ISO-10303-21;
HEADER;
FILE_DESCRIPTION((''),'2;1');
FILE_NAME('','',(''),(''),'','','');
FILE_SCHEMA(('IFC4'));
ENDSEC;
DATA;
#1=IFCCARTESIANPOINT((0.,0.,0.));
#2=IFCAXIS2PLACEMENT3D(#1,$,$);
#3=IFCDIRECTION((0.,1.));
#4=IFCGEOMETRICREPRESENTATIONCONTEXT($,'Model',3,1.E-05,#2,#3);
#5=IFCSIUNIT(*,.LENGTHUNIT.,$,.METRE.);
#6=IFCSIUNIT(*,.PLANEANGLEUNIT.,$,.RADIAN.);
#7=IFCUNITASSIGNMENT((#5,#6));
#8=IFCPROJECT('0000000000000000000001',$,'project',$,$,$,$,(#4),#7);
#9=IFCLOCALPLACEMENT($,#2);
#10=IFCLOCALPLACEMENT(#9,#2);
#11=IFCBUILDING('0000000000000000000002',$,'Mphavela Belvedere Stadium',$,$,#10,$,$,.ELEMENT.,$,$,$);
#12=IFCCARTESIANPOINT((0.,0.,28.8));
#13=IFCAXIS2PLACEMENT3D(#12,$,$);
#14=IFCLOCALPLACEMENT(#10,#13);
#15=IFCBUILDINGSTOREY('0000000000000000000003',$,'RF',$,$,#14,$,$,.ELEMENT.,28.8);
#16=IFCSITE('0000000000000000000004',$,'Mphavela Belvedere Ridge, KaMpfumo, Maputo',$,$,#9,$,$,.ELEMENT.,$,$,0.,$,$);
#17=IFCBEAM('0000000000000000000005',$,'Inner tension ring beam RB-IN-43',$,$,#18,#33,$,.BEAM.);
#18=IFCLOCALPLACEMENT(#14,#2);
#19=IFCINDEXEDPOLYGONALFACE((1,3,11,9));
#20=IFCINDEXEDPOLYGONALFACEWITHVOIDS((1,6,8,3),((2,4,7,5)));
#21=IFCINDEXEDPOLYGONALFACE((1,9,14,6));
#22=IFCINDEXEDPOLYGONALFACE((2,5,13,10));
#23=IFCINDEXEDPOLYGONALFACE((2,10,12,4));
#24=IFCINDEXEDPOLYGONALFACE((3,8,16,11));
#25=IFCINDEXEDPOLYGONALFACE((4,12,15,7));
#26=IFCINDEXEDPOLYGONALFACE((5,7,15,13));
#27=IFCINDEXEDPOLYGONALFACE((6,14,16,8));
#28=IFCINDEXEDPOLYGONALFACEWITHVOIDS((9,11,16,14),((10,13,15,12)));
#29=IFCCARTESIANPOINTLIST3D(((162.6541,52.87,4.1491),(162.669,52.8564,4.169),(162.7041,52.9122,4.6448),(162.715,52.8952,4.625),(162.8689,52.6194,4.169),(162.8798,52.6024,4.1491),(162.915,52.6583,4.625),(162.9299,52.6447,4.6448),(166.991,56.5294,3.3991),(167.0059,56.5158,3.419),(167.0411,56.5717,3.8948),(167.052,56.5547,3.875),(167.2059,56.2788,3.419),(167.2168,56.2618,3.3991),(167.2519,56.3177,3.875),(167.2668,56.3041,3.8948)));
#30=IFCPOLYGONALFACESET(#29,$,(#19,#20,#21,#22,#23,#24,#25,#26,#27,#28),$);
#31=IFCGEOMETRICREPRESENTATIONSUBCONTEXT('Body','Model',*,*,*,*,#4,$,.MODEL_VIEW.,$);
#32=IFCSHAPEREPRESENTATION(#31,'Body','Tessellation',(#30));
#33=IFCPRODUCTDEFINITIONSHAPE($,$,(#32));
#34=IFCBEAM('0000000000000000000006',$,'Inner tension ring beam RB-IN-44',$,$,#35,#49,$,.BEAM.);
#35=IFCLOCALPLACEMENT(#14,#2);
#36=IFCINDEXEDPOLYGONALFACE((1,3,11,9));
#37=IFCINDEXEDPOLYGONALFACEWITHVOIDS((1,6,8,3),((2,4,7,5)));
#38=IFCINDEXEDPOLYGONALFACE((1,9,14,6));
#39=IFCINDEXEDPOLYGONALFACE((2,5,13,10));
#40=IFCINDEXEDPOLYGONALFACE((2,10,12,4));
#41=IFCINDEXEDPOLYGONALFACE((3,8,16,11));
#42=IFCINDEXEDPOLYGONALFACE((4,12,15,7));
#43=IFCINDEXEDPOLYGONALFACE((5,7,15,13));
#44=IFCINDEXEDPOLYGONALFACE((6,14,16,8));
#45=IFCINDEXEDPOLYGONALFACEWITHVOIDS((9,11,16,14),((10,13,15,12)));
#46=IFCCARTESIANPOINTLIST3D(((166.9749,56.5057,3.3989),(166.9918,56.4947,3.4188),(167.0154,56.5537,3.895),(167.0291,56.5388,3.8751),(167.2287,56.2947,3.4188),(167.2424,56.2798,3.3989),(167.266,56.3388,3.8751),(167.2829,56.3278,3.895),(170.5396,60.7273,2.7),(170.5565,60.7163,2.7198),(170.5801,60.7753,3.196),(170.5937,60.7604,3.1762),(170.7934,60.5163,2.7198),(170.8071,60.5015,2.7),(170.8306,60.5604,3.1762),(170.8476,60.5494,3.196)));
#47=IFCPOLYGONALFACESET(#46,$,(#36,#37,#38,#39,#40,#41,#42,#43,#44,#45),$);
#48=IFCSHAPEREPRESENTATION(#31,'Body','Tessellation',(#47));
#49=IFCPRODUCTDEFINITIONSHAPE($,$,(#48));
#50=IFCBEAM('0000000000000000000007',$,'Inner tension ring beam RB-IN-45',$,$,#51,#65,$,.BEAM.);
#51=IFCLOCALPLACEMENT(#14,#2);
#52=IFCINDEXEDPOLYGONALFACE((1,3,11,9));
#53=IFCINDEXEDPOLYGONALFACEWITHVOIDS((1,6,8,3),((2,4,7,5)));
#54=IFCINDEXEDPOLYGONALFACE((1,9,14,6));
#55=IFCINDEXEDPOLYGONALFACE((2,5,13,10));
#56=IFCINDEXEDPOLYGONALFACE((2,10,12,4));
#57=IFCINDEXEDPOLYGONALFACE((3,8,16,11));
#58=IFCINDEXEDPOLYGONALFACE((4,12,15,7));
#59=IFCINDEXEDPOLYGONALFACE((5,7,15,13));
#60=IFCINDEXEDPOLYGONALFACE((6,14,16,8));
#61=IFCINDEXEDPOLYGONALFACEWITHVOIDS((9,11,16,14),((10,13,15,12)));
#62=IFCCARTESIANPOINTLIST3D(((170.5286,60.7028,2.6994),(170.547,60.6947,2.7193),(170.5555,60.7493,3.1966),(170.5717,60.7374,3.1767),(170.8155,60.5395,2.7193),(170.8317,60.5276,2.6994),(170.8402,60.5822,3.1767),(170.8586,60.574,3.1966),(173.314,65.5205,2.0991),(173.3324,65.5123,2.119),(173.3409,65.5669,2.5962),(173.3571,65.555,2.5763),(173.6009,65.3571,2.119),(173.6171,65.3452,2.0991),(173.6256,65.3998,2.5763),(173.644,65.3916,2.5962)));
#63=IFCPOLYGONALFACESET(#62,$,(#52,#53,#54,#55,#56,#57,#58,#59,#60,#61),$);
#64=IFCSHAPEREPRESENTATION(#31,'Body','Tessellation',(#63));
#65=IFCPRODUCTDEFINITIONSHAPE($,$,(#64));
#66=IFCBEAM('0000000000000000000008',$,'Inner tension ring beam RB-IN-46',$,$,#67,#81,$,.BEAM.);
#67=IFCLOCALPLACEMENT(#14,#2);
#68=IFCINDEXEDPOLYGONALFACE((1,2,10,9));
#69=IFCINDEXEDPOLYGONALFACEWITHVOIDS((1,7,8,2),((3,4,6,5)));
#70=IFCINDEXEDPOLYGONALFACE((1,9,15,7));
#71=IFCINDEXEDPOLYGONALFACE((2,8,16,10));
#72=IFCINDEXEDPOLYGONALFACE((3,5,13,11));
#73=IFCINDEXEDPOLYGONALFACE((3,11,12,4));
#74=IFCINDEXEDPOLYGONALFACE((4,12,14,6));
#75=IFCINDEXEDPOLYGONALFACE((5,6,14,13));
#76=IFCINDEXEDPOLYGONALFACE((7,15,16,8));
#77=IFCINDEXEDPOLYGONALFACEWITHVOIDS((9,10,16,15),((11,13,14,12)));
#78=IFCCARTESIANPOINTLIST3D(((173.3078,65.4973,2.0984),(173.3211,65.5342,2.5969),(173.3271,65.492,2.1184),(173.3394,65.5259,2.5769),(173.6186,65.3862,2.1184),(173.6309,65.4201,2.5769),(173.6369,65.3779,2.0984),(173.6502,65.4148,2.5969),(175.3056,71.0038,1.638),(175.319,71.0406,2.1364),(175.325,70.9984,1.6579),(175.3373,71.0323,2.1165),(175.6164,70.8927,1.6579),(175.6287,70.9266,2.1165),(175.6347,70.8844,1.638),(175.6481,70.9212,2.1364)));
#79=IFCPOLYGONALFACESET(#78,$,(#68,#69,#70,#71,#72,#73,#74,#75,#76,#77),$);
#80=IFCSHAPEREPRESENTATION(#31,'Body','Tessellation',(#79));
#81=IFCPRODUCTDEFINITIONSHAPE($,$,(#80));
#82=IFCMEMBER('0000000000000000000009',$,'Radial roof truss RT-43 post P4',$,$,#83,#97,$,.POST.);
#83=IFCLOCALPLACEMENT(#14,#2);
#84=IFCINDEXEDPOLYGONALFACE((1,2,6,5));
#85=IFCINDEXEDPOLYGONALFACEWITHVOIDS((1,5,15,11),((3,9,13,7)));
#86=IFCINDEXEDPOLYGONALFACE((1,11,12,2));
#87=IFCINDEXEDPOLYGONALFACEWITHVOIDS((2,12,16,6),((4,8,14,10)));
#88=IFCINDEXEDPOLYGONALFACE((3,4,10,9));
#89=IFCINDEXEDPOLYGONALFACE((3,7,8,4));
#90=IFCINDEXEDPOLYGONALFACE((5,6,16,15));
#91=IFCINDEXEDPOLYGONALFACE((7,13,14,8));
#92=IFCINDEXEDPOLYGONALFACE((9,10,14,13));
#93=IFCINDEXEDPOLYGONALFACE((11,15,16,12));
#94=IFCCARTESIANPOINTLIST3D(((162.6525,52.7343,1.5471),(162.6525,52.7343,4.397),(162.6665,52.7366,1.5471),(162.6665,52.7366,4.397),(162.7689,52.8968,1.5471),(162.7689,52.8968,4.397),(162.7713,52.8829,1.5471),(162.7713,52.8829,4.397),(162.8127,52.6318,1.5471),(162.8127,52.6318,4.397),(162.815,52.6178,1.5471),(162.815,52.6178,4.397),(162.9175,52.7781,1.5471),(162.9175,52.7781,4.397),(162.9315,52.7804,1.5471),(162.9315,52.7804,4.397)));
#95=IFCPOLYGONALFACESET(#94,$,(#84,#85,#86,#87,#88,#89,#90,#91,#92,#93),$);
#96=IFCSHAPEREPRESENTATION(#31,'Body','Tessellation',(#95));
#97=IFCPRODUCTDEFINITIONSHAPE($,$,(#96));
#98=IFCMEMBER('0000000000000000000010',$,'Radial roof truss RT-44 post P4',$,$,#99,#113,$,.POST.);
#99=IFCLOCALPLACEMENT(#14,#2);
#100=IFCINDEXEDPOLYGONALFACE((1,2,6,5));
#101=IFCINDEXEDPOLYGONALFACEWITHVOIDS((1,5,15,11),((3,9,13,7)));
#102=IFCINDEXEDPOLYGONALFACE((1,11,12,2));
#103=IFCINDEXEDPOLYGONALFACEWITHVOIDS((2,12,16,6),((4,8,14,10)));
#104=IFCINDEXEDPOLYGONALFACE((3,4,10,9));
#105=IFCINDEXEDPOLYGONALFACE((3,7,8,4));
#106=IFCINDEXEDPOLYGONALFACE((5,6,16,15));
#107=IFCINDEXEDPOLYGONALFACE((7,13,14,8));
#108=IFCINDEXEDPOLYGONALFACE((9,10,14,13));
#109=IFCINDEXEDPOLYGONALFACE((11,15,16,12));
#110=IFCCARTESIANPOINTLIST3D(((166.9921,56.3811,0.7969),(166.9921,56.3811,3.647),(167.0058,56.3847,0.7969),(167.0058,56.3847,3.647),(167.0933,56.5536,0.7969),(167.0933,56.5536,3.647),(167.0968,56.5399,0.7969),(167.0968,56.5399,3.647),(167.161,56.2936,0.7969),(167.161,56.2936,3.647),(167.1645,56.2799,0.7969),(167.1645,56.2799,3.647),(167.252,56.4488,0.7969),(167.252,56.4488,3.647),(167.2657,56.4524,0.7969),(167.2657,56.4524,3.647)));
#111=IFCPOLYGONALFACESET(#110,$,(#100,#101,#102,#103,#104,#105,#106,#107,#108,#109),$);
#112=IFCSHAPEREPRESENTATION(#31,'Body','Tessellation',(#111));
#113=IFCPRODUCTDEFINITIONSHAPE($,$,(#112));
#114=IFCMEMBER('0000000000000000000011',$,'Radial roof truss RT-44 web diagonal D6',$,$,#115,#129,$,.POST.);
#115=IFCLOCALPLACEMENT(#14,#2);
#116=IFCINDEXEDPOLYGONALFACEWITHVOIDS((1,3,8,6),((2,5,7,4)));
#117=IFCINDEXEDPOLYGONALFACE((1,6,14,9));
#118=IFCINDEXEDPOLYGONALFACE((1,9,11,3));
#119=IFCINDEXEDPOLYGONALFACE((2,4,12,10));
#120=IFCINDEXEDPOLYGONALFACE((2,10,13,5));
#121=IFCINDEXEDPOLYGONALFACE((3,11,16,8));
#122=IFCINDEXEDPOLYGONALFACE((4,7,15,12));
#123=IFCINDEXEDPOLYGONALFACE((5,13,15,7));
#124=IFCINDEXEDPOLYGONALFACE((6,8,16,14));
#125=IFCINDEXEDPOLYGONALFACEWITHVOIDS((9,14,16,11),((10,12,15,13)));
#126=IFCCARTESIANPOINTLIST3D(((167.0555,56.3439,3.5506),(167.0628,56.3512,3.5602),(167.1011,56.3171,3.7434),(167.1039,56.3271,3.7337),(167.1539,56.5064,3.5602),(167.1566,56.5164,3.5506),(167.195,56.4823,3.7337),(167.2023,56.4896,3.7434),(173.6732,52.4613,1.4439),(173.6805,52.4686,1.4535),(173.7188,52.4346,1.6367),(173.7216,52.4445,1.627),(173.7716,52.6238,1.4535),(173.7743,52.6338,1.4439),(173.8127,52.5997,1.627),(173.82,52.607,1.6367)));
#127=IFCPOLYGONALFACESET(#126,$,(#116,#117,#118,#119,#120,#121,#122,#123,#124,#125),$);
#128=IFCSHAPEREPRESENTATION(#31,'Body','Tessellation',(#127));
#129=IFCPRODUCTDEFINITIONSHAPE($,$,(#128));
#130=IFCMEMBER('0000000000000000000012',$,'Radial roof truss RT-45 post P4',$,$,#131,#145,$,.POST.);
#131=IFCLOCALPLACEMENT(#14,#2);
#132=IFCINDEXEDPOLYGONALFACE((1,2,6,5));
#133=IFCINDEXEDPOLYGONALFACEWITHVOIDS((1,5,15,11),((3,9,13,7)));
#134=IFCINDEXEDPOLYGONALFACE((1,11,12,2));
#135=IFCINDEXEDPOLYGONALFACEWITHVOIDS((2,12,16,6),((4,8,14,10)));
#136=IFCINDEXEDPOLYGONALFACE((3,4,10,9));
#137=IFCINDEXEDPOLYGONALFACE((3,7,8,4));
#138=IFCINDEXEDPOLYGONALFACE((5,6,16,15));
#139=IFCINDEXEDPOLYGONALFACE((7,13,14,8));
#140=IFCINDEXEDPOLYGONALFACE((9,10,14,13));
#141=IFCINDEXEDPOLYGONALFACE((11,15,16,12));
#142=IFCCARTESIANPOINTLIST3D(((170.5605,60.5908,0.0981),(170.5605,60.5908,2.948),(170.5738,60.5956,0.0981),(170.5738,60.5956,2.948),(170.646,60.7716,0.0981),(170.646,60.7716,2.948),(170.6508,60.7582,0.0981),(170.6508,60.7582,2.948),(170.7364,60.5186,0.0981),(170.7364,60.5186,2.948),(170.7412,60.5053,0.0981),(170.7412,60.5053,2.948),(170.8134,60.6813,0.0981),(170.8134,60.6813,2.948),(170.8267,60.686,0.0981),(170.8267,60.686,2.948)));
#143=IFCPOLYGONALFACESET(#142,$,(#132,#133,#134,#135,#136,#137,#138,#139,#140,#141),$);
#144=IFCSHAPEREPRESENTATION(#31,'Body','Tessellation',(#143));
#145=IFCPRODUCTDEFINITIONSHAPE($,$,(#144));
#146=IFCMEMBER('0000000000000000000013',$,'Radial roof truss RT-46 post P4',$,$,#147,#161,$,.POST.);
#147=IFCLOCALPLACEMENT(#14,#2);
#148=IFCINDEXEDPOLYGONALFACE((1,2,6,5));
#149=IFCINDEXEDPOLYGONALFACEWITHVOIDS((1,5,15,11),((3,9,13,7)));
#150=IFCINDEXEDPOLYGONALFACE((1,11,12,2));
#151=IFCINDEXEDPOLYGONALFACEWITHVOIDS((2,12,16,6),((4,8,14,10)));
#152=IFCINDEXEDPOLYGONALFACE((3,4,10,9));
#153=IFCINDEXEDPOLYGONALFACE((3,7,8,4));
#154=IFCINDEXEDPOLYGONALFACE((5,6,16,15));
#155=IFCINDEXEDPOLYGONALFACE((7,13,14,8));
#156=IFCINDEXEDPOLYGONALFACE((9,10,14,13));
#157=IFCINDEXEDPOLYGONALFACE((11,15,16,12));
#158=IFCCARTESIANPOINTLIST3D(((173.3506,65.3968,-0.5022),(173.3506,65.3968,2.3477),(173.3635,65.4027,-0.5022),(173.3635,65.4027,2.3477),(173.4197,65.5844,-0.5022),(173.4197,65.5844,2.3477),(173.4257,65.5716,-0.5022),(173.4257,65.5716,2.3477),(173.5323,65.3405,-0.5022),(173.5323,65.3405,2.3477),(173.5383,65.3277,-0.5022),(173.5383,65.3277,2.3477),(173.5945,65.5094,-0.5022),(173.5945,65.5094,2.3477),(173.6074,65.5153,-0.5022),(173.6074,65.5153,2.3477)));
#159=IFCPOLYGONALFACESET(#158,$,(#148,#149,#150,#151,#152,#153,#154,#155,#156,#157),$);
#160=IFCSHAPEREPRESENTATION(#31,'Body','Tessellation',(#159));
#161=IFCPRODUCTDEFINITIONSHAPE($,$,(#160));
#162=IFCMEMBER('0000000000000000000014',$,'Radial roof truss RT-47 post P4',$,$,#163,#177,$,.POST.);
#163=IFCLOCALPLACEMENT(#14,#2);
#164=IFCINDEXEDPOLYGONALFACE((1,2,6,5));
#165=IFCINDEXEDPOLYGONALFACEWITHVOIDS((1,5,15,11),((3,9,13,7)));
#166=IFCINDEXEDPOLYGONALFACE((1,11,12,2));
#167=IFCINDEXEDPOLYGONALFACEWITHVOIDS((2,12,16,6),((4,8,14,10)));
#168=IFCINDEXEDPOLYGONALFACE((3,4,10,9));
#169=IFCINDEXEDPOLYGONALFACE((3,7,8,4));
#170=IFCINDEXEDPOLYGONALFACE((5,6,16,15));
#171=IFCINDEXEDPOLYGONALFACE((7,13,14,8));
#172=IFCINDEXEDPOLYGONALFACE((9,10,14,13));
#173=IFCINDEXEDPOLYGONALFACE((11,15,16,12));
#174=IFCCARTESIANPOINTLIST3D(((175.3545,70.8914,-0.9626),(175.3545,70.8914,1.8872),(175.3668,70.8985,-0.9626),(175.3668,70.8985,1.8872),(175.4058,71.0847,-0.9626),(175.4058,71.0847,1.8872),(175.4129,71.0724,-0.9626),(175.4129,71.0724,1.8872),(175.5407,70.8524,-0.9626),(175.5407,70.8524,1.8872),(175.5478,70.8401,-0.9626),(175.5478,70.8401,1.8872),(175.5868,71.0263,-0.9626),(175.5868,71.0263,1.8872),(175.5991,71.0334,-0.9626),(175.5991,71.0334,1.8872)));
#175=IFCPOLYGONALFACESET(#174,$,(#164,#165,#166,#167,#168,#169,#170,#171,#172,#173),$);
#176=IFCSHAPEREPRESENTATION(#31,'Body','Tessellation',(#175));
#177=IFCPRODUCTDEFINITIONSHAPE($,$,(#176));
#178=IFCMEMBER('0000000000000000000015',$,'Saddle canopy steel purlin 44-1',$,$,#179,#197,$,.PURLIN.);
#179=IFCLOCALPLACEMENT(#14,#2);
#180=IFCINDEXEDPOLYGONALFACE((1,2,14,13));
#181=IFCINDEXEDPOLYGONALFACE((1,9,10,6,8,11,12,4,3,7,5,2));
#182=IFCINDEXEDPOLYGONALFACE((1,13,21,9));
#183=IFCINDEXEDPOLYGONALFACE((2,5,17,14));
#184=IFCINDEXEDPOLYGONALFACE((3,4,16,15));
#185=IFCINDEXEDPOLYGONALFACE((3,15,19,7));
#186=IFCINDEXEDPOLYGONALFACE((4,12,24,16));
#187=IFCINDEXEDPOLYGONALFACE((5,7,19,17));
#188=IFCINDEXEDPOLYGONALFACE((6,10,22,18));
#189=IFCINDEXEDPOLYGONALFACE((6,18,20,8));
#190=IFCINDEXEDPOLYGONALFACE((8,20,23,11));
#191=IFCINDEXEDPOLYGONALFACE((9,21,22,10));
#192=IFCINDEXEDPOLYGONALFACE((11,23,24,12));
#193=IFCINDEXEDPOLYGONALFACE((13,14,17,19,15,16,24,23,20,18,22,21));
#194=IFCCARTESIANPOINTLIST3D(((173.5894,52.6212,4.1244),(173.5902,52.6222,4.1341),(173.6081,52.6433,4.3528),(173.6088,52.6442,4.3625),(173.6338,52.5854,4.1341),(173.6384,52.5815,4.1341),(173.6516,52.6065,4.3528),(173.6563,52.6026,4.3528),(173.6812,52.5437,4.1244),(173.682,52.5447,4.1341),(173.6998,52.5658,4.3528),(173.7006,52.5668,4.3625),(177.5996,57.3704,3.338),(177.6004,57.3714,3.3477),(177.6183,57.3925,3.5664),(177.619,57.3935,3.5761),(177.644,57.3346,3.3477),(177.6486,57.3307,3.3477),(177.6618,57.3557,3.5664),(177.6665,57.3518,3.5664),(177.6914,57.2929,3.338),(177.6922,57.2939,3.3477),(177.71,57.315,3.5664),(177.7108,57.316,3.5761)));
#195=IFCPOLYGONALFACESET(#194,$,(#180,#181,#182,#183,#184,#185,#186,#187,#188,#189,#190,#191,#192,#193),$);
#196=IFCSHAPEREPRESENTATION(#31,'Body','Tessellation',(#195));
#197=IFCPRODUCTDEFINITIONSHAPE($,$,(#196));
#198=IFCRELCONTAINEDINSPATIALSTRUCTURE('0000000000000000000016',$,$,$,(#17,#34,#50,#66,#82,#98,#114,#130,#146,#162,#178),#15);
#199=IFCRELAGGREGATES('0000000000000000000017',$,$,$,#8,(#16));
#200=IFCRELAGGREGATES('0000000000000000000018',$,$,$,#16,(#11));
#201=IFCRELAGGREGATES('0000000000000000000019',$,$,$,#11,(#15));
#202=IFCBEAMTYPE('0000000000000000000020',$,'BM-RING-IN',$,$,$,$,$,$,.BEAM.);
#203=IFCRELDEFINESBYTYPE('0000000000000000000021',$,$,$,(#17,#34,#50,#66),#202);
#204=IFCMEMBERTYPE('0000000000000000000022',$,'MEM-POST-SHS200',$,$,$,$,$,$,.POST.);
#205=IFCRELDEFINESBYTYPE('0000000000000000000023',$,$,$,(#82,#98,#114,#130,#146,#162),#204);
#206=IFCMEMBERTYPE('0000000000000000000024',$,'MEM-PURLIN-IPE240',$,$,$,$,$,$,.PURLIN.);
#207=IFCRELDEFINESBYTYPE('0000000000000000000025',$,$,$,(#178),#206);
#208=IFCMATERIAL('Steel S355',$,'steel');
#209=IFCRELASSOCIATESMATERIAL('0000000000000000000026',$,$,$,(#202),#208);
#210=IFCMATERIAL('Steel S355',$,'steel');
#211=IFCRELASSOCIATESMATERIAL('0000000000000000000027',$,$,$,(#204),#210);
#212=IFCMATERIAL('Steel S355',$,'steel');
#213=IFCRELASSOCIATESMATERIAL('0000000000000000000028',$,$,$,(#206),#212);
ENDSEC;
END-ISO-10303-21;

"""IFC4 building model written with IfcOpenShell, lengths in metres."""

from ifc_helpers import new_model, si_unit, direction, frame, origin, origin_2d, place, context, subcontext, project, spatial, hollow_rectangle, i_section, extrude, material, material_profile, profile_set, type_object, element, save


model = new_model("IFC4")

# Units and contexts
model_context = context("Model", 3, precision=1e-05, world=origin(), true_north=direction((0.0, 1.0)))
body_context = subcontext(model_context, "Body", "Model", "MODEL_VIEW")
ifc_project = project(units=[si_unit("LENGTHUNIT", "METRE"), si_unit("PLANEANGLEUNIT", "RADIAN")], contexts=[model_context])

# Site, building, storey
site_placement = place(None, origin())
site = spatial("IfcSite", under=ifc_project, at=site_placement, Name="Mphavela Belvedere Ridge, KaMpfumo, Maputo", CompositionType="ELEMENT", RefElevation=0.0)
building_placement = place(site_placement, origin())
building = spatial("IfcBuilding", under=site, at=building_placement, Name="Mphavela Belvedere Stadium", CompositionType="ELEMENT")
storey_placement = place(building_placement, frame((0.0, 0.0, 28.8)))
storey = spatial("IfcBuildingStorey", under=building, at=storey_placement, Name="RF", CompositionType="ELEMENT", Elevation=28.8)

# Beams
ifc_material_1 = material(Name="Steel S355", Category="steel")
ifc_material_profile_1 = material_profile(ifc_material_1, hollow_rectangle(XDim=0.3501, YDim=0.5, WallThickness=0.02, at=origin_2d()), Name="RHS 500x350x20")
ifc_profile_set_1 = profile_set([ifc_material_profile_1], Name="Steel S355")
beam_type = type_object("IfcBeamType", Name="BM-RING-IN", PredefinedType="BEAM", material=ifc_profile_set_1)
beam_1_placement = place(storey_placement, frame((162.792, 52.7573, 4.397), z_axis=(0.757689, 0.639327, -0.13103), x_axis=(-0.644887, 0.764278, 0.0)))
element("IfcBeam", 1, at=beam_1_placement, inside=storey, type_object=beam_type, Name="Inner tension ring beam RB-IN-43", PredefinedType="BEAM", context=body_context, shape_type="SweptSolid", body=[
    extrude(hollow_rectangle(XDim=0.3501, YDim=0.5, WallThickness=0.02, at=origin_2d()), origin(), (0.0, 0.0, 1.0), 5.7239),
])
beam_2_placement = place(storey_placement, frame((167.1289, 56.4167, 3.647), z_axis=(0.640051, 0.758013, -0.125503), x_axis=(-0.764055, 0.645152, 0.0)))
element("IfcBeam", 2, at=beam_2_placement, inside=storey, type_object=beam_type, Name="Inner tension ring beam RB-IN-44", PredefinedType="BEAM", context=body_context, shape_type="SweptSolid", body=[
    extrude(hollow_rectangle(XDim=0.3501, YDim=0.5, WallThickness=0.02, at=origin_2d()), origin(), (0.0, 0.0, 1.0), 5.5693),
])
beam_3_placement = place(storey_placement, frame((170.6936, 60.6384, 2.948), z_axis=(0.497644, 0.860724, -0.107258), x_axis=(-0.865718, 0.500531, 0.0)))
element("IfcBeam", 3, at=beam_3_placement, inside=storey, type_object=beam_type, Name="Inner tension ring beam RB-IN-45", PredefinedType="BEAM", context=body_context, shape_type="SweptSolid", body=[
    extrude(hollow_rectangle(XDim=0.3501, YDim=0.5, WallThickness=0.02, at=origin_2d()), origin(), (0.0, 0.0, 1.0), 5.5972),
])
beam_4_placement = place(storey_placement, frame((173.479, 65.4561, 2.3477), z_axis=(0.340015, 0.937149, -0.078366), x_axis=(-0.94004, 0.341064, 0.0)))
element("IfcBeam", 4, at=beam_4_placement, inside=storey, type_object=beam_type, Name="Inner tension ring beam RB-IN-46", PredefinedType="BEAM", context=body_context, shape_type="SweptSolid", body=[
    extrude(hollow_rectangle(XDim=0.3501, YDim=0.5, WallThickness=0.02, at=origin_2d()), origin(), (0.0, 0.0, 1.0), 5.8757),
])

# Members
ifc_material_2 = material(Name="Steel S355", Category="steel")
ifc_material_profile_2 = material_profile(ifc_material_2, hollow_rectangle(XDim=0.2, YDim=0.2, WallThickness=0.01, at=origin_2d()), Name="SHS 200x200x10")
ifc_profile_set_2 = profile_set([ifc_material_profile_2], Name="Steel S355")
member_type_1 = type_object("IfcMemberType", Name="MEM-POST-SHS200", PredefinedType="POST", material=ifc_profile_set_2)
member_1_placement = place(storey_placement, frame((162.792, 52.7573, 1.5471), z_axis=(0.0, 0.0, 1.0), x_axis=(0.812898, -0.582407, 0.0)))
element("IfcMember", 5, at=member_1_placement, inside=storey, type_object=member_type_1, Name="Radial roof truss RT-43 post P4", PredefinedType="POST", context=body_context, shape_type="SweptSolid", body=[
    extrude(hollow_rectangle(XDim=0.2, YDim=0.2, WallThickness=0.01, at=origin_2d()), origin(), (0.0, 0.0, 1.0), 2.8499),
])
member_2_placement = place(storey_placement, frame((167.1289, 56.4167, 0.7969), z_axis=(0.0, 0.0, 1.0), x_axis=(0.862514, -0.506034, 0.0)))
element("IfcMember", 6, at=member_2_placement, inside=storey, type_object=member_type_1, Name="Radial roof truss RT-44 post P4", PredefinedType="POST", context=body_context, shape_type="SweptSolid", body=[
    extrude(hollow_rectangle(XDim=0.2, YDim=0.2, WallThickness=0.01, at=origin_2d()), origin(), (0.0, 0.0, 1.0), 2.8501),
])
member_3_placement = place(storey_placement, frame((173.7466, 52.5342, 1.5403), z_axis=(-0.831731, 0.487974, 0.264775), x_axis=(-0.506034, -0.862514, 0.0)))
element("IfcMember", 7, at=member_3_placement, inside=storey, type_object=member_type_1, Name="Radial roof truss RT-44 web diagonal D6", PredefinedType="POST", context=body_context, shape_type="SweptSolid", body=[
    extrude(hollow_rectangle(XDim=0.2, YDim=0.2, WallThickness=0.01, at=origin_2d()), origin(), (0.0, 0.0, 1.0), 7.9565),
])
for number, where, z_axis, x_axis, name in (
    (8, (170.6936, 60.6384, 0.0981), (0.0, 0.0, 1.0), (0.903859, -0.427831, 0.0), "Radial roof truss RT-45 post P4"),
    (9, (173.479, 65.4561, -0.5022), (0.0, 0.0, 1.0), (0.938372, -0.345626, 0.0), "Radial roof truss RT-46 post P4"),
    (10, (175.4768, 70.9624, -0.9626), (0.0, 0.0, 1.0), (0.9666, -0.256289, 0.0), "Radial roof truss RT-47 post P4"),
):
    element("IfcMember", number, at=place(storey_placement, frame(where, z_axis=z_axis, x_axis=x_axis)), inside=storey, type_object=member_type_1, Name=name, PredefinedType="POST", context=body_context, shape_type="SweptSolid", body=[
        extrude(hollow_rectangle(XDim=0.2, YDim=0.2, WallThickness=0.01, at=origin_2d()), origin(), (0.0, 0.0, 1.0), 2.8499),
    ])
ifc_material_3 = material(Name="Steel S355", Category="steel")
ifc_material_profile_3 = material_profile(ifc_material_3, i_section(OverallWidth=0.1201, OverallDepth=0.24, WebThickness=0.0061, FlangeThickness=0.0098, at=origin_2d()), Name="IPE 240")
ifc_profile_set_3 = profile_set([ifc_material_profile_3], Name="Steel S355")
member_type_2 = type_object("IfcMemberType", Name="MEM-PURLIN-IPE240", PredefinedType="PURLIN", material=ifc_profile_set_3)
member_4_placement = place(storey_placement, frame((173.645, 52.594, 4.2434), z_axis=(0.640057, 0.758007, -0.12551), x_axis=(-0.764049, 0.645158, 0.0)))
element("IfcMember", 11, at=member_4_placement, inside=storey, type_object=member_type_2, Name="Saddle canopy steel purlin 44-1", PredefinedType="PURLIN", context=body_context, shape_type="SweptSolid", body=[
    extrude(i_section(OverallWidth=0.1201, OverallDepth=0.24, WebThickness=0.0061, FlangeThickness=0.0098, at=origin_2d()), origin(), (0.0, 0.0, 1.0), 6.2654),
])

save(model, "model.ifc")
